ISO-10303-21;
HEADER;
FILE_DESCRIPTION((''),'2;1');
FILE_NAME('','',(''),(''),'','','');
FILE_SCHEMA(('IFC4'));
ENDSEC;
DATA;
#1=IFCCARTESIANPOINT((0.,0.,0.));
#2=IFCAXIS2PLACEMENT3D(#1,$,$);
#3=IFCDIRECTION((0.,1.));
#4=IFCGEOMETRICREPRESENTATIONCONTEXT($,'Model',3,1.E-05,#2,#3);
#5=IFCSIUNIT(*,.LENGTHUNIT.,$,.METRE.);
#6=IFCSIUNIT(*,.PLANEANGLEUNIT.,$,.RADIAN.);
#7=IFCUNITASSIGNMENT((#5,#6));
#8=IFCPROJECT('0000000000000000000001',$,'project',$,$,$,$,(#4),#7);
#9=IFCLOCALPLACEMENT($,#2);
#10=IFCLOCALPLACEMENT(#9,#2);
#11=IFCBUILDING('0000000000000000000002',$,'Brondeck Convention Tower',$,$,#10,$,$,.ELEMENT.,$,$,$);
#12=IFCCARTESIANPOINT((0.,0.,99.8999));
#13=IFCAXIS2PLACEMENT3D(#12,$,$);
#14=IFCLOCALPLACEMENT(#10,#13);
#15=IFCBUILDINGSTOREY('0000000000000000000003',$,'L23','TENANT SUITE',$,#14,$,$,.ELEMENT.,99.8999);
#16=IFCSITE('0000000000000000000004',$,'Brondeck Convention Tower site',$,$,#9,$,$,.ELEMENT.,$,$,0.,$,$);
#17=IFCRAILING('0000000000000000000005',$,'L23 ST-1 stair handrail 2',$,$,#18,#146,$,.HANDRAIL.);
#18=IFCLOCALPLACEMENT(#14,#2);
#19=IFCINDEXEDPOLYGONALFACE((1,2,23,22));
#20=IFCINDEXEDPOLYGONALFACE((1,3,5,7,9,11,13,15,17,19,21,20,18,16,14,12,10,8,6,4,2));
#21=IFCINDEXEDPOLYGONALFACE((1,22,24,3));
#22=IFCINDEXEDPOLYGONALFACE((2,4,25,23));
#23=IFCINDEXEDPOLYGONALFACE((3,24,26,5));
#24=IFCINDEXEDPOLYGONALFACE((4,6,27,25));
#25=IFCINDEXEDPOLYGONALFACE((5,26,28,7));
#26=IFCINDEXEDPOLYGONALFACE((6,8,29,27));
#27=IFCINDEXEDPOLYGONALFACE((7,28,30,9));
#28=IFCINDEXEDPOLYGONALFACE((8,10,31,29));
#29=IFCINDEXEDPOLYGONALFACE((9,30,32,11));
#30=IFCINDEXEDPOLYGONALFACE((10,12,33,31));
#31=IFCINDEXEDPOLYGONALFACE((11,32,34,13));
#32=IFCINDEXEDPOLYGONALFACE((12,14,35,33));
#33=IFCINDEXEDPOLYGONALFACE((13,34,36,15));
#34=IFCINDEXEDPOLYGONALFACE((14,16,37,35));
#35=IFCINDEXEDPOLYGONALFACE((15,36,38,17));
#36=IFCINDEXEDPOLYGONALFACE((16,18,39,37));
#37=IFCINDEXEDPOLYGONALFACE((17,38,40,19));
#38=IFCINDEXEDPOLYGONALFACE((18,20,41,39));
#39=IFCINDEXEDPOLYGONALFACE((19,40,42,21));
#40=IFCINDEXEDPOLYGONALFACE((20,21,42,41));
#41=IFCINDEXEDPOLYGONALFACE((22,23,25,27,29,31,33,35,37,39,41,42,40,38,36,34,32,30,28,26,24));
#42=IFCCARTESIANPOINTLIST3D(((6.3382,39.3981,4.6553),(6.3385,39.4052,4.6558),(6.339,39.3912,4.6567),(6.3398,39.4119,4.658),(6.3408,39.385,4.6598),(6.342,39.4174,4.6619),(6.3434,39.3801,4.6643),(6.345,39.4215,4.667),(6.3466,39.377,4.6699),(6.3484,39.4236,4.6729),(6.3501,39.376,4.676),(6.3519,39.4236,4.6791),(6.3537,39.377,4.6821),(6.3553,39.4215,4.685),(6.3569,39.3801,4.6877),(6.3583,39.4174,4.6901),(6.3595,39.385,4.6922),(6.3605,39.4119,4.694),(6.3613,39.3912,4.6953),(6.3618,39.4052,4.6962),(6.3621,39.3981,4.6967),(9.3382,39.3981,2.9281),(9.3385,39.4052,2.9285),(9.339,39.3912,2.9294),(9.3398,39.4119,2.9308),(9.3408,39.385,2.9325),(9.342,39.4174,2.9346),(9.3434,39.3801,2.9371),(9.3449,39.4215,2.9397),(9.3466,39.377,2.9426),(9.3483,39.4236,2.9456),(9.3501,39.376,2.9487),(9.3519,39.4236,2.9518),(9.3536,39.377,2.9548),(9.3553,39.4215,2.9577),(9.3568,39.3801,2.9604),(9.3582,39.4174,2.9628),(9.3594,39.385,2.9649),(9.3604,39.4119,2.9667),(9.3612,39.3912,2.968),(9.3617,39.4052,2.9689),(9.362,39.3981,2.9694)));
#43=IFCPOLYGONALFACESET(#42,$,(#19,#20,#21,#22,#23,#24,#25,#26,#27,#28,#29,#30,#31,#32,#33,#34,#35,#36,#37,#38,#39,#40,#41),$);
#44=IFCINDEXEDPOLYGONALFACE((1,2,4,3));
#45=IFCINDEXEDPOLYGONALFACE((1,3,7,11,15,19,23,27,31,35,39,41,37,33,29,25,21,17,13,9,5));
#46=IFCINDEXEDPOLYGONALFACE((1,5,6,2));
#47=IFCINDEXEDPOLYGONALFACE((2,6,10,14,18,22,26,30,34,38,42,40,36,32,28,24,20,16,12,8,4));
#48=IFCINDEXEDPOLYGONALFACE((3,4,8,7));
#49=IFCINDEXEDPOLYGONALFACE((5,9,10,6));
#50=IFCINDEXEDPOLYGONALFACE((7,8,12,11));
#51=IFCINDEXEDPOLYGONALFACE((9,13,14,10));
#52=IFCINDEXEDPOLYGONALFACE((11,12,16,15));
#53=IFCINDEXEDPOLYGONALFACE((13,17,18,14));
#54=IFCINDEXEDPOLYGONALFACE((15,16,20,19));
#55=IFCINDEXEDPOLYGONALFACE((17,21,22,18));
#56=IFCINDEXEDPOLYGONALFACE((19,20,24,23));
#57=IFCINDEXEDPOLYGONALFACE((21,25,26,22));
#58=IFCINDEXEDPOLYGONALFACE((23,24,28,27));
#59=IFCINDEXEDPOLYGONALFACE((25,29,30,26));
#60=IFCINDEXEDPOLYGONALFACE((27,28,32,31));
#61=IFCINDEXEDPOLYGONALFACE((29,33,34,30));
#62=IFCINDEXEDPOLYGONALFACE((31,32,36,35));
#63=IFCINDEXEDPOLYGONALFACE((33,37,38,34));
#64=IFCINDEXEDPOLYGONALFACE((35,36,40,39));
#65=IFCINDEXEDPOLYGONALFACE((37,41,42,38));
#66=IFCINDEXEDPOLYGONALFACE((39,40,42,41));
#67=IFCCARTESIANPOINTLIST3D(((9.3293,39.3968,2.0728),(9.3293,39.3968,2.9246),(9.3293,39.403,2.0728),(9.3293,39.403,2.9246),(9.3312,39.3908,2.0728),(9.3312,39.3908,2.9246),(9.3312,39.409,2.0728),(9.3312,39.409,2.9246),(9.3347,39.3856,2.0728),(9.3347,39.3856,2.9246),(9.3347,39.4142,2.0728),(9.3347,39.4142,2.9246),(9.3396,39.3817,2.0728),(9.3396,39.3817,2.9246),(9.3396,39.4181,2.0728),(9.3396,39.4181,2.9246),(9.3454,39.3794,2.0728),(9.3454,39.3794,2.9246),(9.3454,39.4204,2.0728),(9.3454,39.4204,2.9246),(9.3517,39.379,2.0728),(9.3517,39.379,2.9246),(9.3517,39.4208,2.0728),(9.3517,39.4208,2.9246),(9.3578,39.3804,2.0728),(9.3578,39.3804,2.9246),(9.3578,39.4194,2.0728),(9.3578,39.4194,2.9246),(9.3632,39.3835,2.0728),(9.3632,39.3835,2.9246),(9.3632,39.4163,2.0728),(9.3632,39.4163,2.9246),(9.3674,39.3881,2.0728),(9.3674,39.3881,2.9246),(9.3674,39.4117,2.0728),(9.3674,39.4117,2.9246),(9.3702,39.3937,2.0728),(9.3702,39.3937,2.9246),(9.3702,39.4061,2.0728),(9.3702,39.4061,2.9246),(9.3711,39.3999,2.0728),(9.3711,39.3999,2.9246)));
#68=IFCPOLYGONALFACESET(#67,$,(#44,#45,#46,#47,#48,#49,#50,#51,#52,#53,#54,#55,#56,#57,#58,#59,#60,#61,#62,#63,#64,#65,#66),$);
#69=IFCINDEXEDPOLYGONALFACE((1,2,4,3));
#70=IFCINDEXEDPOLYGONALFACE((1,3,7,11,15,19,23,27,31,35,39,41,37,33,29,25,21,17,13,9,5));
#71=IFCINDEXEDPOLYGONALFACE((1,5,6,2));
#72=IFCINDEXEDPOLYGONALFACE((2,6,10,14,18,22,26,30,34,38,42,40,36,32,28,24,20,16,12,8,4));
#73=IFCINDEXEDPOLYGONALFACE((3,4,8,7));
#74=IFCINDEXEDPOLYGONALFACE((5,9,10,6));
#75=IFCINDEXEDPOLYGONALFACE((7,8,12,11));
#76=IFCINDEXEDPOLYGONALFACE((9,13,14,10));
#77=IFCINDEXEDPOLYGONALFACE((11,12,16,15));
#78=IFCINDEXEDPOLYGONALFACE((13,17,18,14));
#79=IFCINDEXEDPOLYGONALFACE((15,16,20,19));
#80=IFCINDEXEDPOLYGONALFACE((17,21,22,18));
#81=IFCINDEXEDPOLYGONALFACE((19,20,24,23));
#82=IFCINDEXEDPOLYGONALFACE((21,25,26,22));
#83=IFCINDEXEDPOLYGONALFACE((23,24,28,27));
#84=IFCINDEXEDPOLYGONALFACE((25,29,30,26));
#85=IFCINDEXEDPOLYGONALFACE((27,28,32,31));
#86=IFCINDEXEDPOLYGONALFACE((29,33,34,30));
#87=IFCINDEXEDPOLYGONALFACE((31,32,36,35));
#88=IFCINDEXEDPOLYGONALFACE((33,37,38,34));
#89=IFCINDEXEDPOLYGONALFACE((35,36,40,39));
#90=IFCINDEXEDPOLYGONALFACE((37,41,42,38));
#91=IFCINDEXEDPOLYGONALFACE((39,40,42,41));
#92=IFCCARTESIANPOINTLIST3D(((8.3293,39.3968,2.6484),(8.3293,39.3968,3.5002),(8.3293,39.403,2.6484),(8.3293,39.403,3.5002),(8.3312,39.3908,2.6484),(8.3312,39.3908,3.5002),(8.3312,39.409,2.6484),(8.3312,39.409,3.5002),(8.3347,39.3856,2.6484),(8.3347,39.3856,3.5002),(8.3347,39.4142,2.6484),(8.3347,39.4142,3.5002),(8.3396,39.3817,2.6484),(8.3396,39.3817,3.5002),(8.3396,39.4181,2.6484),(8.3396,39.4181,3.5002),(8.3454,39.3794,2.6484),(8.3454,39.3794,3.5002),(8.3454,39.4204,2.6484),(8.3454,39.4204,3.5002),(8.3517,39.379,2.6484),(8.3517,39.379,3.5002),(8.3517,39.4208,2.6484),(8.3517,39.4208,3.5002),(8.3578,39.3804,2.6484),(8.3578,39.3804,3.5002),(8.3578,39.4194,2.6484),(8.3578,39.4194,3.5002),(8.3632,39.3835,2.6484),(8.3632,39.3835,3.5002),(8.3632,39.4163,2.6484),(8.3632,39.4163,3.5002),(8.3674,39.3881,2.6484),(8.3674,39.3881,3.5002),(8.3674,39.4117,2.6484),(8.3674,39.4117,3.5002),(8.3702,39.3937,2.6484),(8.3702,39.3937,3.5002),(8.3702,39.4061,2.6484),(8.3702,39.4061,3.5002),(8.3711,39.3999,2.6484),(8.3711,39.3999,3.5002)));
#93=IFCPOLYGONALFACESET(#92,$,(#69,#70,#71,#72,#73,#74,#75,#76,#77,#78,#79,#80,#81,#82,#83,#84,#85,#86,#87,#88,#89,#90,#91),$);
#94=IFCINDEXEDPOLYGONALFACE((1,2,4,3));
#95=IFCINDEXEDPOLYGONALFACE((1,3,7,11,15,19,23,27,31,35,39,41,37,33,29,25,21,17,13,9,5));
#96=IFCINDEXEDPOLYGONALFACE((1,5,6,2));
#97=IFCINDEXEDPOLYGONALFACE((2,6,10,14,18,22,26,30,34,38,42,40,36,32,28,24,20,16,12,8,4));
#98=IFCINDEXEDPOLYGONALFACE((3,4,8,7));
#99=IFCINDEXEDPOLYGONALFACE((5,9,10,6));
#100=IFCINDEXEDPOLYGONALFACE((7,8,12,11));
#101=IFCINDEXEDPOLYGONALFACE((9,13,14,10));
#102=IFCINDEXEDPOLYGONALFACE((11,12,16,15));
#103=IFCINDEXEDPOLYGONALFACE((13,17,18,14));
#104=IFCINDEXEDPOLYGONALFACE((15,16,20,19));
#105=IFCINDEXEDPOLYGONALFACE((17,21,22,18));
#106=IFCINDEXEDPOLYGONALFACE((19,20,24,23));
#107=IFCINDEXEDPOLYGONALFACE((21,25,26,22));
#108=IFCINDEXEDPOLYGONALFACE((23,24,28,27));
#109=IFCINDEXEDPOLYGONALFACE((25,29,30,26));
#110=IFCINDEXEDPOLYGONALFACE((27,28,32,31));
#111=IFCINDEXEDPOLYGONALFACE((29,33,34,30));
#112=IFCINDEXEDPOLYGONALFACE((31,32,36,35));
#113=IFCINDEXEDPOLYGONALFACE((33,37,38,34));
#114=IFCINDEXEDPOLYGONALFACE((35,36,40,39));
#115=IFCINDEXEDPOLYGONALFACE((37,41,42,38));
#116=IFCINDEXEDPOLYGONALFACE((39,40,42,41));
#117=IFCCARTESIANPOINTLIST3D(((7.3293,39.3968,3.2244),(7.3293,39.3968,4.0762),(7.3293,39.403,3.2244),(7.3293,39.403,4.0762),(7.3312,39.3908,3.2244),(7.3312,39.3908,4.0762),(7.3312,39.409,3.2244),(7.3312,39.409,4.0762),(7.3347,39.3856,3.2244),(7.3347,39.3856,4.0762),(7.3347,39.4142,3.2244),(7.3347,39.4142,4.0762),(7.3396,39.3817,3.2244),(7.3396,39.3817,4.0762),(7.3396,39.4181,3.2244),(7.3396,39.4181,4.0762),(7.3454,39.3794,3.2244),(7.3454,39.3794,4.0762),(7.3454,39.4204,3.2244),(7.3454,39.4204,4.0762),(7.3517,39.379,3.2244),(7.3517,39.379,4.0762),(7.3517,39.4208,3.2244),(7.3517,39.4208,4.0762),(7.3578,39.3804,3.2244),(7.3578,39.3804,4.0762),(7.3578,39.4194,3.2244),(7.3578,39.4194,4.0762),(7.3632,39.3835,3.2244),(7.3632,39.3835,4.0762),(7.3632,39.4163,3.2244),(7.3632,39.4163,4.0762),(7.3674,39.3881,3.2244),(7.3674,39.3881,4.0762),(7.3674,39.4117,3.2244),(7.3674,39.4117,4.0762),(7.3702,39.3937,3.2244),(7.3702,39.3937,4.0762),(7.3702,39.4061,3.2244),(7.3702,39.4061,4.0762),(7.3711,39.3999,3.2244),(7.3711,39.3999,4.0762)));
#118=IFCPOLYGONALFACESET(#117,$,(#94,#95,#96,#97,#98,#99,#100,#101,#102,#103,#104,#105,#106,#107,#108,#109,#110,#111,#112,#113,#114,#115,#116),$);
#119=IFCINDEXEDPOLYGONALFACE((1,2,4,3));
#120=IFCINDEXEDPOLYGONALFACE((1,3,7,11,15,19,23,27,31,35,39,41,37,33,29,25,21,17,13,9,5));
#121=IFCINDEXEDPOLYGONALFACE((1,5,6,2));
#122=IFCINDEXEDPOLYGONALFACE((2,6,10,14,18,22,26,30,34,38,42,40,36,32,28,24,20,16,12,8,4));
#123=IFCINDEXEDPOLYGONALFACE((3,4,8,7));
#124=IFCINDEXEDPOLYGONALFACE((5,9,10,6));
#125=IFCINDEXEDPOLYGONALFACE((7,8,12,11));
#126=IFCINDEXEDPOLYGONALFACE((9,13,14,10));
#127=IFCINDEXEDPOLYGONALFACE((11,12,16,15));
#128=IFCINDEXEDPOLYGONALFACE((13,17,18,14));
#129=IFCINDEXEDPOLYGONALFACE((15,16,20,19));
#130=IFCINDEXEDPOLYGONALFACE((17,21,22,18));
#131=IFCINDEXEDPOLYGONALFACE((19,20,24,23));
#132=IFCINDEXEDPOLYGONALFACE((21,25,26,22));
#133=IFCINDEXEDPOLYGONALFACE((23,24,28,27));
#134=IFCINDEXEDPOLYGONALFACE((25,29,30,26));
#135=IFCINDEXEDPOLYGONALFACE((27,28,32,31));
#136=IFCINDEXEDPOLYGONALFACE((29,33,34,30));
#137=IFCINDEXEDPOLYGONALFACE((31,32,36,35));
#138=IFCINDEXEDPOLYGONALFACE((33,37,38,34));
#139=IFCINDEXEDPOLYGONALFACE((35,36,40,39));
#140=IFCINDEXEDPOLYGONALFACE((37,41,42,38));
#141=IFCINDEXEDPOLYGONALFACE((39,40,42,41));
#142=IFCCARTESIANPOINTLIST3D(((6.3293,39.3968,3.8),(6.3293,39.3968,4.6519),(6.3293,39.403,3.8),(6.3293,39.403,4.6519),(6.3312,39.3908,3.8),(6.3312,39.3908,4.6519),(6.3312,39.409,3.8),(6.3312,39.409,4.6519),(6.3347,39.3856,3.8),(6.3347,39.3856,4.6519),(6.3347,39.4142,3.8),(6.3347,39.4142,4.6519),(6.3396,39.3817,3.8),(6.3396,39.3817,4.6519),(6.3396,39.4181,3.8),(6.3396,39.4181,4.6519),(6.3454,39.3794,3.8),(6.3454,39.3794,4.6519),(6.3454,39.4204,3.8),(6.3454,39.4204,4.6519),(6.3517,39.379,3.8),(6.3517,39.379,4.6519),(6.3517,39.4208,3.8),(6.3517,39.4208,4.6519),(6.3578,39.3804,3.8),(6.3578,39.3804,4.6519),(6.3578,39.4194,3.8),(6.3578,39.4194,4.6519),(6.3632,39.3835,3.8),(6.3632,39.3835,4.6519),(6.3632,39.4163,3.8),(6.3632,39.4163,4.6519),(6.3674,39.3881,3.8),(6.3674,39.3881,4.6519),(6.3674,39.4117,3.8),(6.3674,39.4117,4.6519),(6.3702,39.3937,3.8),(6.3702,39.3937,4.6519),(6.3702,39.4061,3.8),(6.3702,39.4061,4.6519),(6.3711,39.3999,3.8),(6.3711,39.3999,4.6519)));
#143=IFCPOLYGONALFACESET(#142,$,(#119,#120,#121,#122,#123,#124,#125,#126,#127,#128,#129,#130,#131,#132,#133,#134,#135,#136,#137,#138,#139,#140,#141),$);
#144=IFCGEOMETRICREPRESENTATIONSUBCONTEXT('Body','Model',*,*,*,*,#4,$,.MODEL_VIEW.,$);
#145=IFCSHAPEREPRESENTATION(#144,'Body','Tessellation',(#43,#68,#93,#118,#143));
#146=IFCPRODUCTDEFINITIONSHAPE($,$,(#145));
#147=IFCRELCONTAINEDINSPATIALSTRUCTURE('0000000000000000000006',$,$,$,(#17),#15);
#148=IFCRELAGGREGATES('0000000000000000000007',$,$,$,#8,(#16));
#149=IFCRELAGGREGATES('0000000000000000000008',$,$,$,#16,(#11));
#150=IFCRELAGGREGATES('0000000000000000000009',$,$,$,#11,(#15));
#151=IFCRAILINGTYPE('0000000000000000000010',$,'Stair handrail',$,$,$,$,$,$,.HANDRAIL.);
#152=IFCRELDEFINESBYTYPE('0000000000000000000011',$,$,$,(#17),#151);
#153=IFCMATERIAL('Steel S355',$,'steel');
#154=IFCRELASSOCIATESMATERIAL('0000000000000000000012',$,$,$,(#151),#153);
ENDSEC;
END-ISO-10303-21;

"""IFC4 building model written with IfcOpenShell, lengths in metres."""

from ifc_helpers import new_model, si_unit, direction, frame, origin, origin_2d, place, context, subcontext, project, spatial, circle, extrude, material, type_object, element, save


model = new_model("IFC4")

# Units and contexts
model_context = context("Model", 3, precision=1e-05, world=origin(), true_north=direction((0.0, 1.0)))
body_context = subcontext(model_context, "Body", "Model", "MODEL_VIEW")
ifc_project = project(units=[si_unit("LENGTHUNIT", "METRE"), si_unit("PLANEANGLEUNIT", "RADIAN")], contexts=[model_context])

# Site, building, storey
site_placement = place(None, origin())
site = spatial("IfcSite", under=ifc_project, at=site_placement, Name="Brondeck Convention Tower site", CompositionType="ELEMENT", RefElevation=0.0)
building_placement = place(site_placement, origin())
building = spatial("IfcBuilding", under=site, at=building_placement, Name="Brondeck Convention Tower", CompositionType="ELEMENT")
storey_placement = place(building_placement, frame((0.0, 0.0, 99.8999)))
storey = spatial("IfcBuildingStorey", under=building, at=storey_placement, Name="L23", Description="TENANT SUITE", CompositionType="ELEMENT", Elevation=99.8999)

# Shared definitions
ifc_material_1 = material(Name="Steel S355", Category="steel")

# Railing
railing_type = type_object("IfcRailingType", Name="Stair handrail", PredefinedType="HANDRAIL", material=ifc_material_1)
railing_placement = place(storey_placement, frame((9.3501, 39.3999, 2.0728)))
element("IfcRailing", 1, at=railing_placement, inside=storey, type_object=railing_type, Name="L23 ST-1 stair handrail 2", PredefinedType="HANDRAIL", context=body_context, shape_type="SweptSolid", body=[
    extrude(circle(Radius=0.0239, at=origin_2d()), frame((0.0, 0.0, 0.876), z_axis=(-0.86662, 0.0, 0.498969), x_axis=(0.0, -1.0, 0.0)), (0.0, 0.0, 1.0), 3.4617),
    extrude(circle(Radius=0.021, at=origin_2d()), origin(), (0.0, 0.0, 1.0), 0.8518),
    extrude(circle(Radius=0.021, at=origin_2d()), frame((-1.0, 0.0, 0.5757)), (0.0, 0.0, 1.0), 0.8518),
    extrude(circle(Radius=0.021, at=origin_2d()), frame((-2.0, 0.0, 1.1516)), (0.0, 0.0, 1.0), 0.8518),
    extrude(circle(Radius=0.021, at=origin_2d()), frame((-3.0, 0.0, 1.7273)), (0.0, 0.0, 1.0), 0.8518),
])

save(model, "model.ifc")
